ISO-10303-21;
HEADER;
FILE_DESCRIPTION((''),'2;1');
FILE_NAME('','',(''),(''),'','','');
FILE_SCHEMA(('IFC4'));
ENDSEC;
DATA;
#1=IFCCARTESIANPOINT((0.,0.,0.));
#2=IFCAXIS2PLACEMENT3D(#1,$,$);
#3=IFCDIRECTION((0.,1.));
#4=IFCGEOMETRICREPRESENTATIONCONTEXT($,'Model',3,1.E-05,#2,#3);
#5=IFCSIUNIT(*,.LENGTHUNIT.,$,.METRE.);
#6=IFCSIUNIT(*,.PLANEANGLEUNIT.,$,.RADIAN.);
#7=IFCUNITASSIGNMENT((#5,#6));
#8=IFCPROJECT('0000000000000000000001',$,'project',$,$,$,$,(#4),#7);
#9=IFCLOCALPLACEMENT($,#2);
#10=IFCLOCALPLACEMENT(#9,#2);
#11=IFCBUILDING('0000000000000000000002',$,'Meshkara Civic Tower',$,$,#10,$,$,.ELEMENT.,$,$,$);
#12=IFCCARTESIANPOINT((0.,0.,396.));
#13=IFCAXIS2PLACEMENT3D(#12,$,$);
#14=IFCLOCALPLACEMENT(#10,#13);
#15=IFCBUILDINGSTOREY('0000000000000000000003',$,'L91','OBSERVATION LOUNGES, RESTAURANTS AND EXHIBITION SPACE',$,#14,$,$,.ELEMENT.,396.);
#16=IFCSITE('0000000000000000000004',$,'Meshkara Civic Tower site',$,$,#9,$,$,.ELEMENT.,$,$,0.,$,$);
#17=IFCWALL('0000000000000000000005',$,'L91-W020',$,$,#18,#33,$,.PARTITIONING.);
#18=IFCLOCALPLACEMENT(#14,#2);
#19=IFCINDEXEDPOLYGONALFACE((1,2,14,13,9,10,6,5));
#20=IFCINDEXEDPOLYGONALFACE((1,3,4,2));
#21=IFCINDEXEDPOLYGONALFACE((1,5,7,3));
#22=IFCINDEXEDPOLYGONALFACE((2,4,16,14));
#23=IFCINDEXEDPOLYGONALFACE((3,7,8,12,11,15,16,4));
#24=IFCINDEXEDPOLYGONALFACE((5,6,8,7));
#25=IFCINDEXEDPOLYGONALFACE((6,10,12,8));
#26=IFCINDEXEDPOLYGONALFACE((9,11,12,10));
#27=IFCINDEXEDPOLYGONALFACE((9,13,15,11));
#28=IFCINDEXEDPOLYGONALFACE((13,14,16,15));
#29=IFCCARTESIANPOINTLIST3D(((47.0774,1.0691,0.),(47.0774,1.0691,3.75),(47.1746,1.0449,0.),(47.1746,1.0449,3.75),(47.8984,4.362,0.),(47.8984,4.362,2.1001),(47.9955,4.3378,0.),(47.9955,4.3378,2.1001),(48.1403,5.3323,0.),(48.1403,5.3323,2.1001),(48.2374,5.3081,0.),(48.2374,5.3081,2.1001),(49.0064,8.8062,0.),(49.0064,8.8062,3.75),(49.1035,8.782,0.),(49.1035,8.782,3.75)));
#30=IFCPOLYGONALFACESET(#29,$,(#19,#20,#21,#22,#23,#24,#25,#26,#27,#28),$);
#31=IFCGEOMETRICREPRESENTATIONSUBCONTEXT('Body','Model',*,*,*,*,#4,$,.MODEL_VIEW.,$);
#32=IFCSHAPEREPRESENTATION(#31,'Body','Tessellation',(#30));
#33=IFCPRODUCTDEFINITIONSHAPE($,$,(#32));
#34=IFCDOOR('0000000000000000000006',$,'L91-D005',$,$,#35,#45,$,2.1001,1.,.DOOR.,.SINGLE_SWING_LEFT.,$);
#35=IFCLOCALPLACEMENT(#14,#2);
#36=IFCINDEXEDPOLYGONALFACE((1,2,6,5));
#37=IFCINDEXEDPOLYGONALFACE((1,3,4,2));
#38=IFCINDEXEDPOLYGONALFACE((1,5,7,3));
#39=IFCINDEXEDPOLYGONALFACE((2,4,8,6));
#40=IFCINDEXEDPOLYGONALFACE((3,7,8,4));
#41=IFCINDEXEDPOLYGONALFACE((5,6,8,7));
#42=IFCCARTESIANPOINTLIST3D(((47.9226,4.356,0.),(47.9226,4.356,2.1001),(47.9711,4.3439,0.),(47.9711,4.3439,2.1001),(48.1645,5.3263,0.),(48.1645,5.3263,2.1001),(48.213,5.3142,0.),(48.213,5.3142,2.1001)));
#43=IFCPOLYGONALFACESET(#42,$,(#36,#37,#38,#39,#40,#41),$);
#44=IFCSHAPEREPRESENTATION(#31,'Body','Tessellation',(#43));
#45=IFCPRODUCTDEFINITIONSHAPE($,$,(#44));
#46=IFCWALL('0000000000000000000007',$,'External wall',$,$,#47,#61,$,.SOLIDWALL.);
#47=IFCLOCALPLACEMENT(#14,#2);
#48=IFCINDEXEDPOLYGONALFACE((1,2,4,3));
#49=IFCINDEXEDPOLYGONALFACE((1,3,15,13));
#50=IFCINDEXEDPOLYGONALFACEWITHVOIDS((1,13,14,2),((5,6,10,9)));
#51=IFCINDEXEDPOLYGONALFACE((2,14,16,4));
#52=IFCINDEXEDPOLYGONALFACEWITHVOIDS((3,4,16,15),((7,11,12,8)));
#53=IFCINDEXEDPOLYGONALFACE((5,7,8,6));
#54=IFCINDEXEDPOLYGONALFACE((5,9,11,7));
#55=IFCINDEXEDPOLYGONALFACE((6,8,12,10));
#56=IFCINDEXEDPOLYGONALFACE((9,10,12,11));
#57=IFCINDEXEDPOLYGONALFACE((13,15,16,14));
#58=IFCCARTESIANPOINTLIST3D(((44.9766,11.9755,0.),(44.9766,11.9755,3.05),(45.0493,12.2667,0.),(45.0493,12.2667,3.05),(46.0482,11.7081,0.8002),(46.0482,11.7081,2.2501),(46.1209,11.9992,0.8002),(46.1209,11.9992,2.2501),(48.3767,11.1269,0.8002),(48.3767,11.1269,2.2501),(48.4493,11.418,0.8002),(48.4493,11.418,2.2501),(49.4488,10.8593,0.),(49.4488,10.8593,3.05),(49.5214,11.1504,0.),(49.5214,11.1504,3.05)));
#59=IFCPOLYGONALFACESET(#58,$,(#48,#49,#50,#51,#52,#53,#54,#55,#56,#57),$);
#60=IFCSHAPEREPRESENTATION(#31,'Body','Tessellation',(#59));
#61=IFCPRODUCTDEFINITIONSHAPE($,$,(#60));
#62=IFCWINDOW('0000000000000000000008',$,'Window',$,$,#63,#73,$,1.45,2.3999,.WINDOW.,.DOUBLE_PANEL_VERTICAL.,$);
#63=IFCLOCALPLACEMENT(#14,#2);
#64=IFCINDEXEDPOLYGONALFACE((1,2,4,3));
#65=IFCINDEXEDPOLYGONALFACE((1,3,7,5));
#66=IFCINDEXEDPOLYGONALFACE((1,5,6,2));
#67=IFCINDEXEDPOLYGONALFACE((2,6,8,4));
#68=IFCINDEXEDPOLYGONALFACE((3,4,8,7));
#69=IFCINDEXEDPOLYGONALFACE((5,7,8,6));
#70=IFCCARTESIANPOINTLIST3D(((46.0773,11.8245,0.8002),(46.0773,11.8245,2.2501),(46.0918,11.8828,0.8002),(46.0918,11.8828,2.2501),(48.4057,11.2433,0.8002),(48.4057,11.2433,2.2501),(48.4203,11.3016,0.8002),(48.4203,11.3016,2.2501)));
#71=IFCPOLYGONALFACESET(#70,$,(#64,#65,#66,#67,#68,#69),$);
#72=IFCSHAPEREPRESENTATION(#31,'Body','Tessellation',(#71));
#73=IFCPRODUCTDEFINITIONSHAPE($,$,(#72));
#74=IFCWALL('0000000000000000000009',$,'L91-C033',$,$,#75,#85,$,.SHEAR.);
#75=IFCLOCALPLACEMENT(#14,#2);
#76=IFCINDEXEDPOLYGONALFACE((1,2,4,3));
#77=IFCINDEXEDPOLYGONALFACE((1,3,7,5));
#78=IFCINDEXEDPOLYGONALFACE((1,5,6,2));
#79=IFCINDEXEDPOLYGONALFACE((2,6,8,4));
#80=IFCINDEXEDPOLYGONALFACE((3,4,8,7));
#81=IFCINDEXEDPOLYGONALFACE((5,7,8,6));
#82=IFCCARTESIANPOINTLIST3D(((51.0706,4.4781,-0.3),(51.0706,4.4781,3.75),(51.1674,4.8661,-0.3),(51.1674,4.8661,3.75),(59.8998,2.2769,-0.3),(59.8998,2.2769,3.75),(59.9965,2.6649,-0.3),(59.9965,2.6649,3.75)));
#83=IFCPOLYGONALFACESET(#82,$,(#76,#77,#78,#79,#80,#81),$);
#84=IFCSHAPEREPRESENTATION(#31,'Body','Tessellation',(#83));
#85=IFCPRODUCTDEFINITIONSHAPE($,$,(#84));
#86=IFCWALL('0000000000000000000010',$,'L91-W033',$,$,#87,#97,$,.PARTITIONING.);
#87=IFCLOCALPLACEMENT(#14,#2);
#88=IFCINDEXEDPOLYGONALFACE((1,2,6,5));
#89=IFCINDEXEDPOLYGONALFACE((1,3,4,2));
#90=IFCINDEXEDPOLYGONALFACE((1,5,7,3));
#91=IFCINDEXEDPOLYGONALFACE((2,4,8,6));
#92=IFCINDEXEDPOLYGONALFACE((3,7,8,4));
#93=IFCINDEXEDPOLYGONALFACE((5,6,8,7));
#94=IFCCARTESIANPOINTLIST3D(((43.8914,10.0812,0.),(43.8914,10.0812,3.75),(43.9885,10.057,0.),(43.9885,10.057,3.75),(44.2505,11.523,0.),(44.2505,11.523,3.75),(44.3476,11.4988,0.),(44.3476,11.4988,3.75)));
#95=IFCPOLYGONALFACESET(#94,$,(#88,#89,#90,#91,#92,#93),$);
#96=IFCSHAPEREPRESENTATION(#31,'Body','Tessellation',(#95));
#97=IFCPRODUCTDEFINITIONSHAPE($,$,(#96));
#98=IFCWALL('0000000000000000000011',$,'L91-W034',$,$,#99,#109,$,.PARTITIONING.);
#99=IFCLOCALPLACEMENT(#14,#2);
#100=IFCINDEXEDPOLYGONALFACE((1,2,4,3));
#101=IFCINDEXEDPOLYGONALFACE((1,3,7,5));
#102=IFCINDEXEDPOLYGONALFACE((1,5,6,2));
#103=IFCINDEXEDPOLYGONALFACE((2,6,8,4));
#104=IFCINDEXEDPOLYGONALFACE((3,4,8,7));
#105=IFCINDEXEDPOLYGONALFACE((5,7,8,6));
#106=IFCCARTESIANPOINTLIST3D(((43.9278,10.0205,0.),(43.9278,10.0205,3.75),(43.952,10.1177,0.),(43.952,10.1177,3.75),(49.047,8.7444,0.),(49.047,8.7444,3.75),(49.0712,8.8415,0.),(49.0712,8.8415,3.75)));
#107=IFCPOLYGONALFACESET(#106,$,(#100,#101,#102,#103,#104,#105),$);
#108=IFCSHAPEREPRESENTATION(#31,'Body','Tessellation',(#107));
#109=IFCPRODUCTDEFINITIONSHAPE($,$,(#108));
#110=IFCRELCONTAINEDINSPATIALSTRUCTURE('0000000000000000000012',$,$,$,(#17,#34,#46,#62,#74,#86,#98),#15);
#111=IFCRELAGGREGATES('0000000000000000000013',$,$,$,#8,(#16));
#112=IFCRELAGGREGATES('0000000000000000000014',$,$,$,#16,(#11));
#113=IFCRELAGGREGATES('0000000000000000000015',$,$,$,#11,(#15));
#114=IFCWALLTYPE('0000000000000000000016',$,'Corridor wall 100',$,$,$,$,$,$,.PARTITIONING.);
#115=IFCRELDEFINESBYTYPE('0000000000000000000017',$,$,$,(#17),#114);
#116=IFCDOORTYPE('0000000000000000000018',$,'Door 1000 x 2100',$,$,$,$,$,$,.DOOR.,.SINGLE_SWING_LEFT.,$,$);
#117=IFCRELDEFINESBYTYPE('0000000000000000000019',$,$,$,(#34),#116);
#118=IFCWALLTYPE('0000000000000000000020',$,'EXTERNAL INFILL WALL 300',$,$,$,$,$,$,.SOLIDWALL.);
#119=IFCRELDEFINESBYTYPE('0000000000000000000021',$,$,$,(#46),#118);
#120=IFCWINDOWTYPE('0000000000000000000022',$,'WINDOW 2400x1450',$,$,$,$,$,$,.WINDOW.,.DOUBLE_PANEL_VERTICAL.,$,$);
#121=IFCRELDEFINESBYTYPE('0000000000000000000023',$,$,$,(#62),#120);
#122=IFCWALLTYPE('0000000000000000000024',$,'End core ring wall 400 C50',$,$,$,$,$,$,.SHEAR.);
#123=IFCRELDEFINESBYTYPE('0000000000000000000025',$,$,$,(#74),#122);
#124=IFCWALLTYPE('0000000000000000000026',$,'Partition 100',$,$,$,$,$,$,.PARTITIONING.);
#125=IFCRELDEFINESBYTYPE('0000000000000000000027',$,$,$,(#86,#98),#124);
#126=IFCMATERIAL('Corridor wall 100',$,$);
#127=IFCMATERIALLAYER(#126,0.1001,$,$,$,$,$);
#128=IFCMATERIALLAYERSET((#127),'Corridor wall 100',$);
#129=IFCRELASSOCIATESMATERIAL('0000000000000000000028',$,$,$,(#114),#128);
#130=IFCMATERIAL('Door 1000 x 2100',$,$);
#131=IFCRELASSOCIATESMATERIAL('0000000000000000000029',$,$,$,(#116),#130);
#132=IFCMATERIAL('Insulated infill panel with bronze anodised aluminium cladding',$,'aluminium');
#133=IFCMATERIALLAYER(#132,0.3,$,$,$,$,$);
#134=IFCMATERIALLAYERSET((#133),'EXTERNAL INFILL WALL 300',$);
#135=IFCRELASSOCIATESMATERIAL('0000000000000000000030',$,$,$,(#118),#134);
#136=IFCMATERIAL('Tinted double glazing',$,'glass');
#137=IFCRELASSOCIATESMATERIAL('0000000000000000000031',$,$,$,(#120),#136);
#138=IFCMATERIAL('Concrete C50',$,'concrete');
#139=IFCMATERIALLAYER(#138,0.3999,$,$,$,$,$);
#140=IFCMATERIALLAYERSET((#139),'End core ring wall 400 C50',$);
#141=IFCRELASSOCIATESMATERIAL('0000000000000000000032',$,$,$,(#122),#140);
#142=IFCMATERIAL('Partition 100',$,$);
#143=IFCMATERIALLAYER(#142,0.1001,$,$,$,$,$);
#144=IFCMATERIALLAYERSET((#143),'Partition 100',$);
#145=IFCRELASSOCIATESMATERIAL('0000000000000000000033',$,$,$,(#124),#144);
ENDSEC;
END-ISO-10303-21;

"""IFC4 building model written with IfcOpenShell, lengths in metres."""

from ifc_helpers import new_model, si_unit, direction, frame, frame_2d, origin, place, context, subcontext, project, spatial, rectangle, extrude, material, layer, layer_set, type_object, element, fill, save


model = new_model("IFC4")

# Units and contexts
model_context = context("Model", 3, precision=1e-05, world=origin(), true_north=direction((0.0, 1.0)))
body_context = subcontext(model_context, "Body", "Model", "MODEL_VIEW")
ifc_project = project(units=[si_unit("LENGTHUNIT", "METRE"), si_unit("PLANEANGLEUNIT", "RADIAN")], contexts=[model_context])

# Site, building, storey
site_placement = place(None, origin())
site = spatial("IfcSite", under=ifc_project, at=site_placement, Name="Meshkara Civic Tower site", CompositionType="ELEMENT", RefElevation=0.0)
building_placement = place(site_placement, origin())
building = spatial("IfcBuilding", under=site, at=building_placement, Name="Meshkara Civic Tower", CompositionType="ELEMENT")
storey_placement = place(building_placement, frame((0.0, 0.0, 396.0)))
storey = spatial("IfcBuildingStorey", under=building, at=storey_placement, Name="L91", Description="OBSERVATION LOUNGES, RESTAURANTS AND EXHIBITION SPACE", CompositionType="ELEMENT", Elevation=396.0)

# Shared definitions
ifc_material_1 = material(Name="Corridor wall 100")
ifc_layer_1 = layer(ifc_material_1, 0.1001)
ifc_layer_set_1 = layer_set([ifc_layer_1], Name="Corridor wall 100")
wall_type_1 = type_object("IfcWallType", Name="Corridor wall 100", PredefinedType="PARTITIONING", material=ifc_layer_set_1)
ifc_material_2 = material(Name="Door 1000 x 2100")
door_type = type_object("IfcDoorType", Name="Door 1000 x 2100", OperationType="SINGLE_SWING_LEFT", PredefinedType="DOOR", material=ifc_material_2)

# Wall, opening, door
wall_1_placement = place(storey_placement, frame((49.0549, 8.7939, 0.0), z_axis=(0.0, 0.0, 1.0), x_axis=(-0.241909, -0.970299, 0.0)))
wall_1 = element("IfcWall", 1, at=wall_1_placement, inside=storey, type_object=wall_type_1, Name="L91-W020", PredefinedType="PARTITIONING", context=body_context, shape_type="SweptSolid", body=[
    extrude(rectangle(XDim=7.9739, YDim=0.1001, at=frame_2d((3.9868, 0.0))), origin(), (0.0, 0.0, 1.0), 3.75),
])
opening_1_placement = place(wall_1_placement, frame((3.5801, 0.0, 0.0)))
opening_1 = element("IfcOpeningElement", 2, at=opening_1_placement, cuts=wall_1, PredefinedType="OPENING", context=body_context, shape_type="SweptSolid", body=[
    extrude(rectangle(XDim=1.0, YDim=2.1001, at=frame_2d((0.5, 1.05))), frame((0.0, 0.0601, 0.0), z_axis=(0.0, -1.0, 0.0), x_axis=(1.0, 0.0, 0.0)), (0.0, 0.0, 1.0), 0.1201),
])
door_1_placement = place(opening_1_placement, origin())
door_1 = element("IfcDoor", 3, at=door_1_placement, inside=storey, type_object=door_type, Name="L91-D005", OperationType="SINGLE_SWING_LEFT", OverallHeight=2.1001, OverallWidth=1.0, PredefinedType="DOOR", context=body_context, shape_type="SweptSolid", body=[
    extrude(rectangle(XDim=1.0, YDim=2.1001, at=frame_2d((0.5, 1.05))), frame((0.0, 0.0249, 0.0), z_axis=(0.0, -1.0, 0.0), x_axis=(1.0, 0.0, 0.0)), (0.0, 0.0, 1.0), 0.05),
])
fill(opening_1, door_1)

# Wall, opening, window
ifc_material_3 = material(Name="Insulated infill panel with bronze anodised aluminium cladding", Category="aluminium")
ifc_layer_2 = layer(ifc_material_3, 0.3)
ifc_layer_set_2 = layer_set([ifc_layer_2], Name="EXTERNAL INFILL WALL 300")
wall_type_2 = type_object("IfcWallType", Name="EXTERNAL INFILL WALL 300", PredefinedType="SOLIDWALL", material=ifc_layer_set_2)
wall_2_placement = place(storey_placement, frame((49.4851, 11.0049, 0.0), z_axis=(0.0, 0.0, 1.0), x_axis=(-0.970236, 0.242162, 0.0)))
wall_2 = element("IfcWall", 4, at=wall_2_placement, inside=storey, type_object=wall_type_2, Name="External wall", PredefinedType="SOLIDWALL", context=body_context, shape_type="SweptSolid", body=[
    extrude(rectangle(XDim=4.6094, YDim=0.3, at=frame_2d((2.3047, 0.0))), origin(), (0.0, 0.0, 1.0), 3.05),
])
opening_2_placement = place(wall_2_placement, frame((1.105, 0.0, 0.8)))
opening_2 = element("IfcOpeningElement", 5, at=opening_2_placement, cuts=wall_2, PredefinedType="OPENING", context=body_context, shape_type="SweptSolid", body=[
    extrude(rectangle(XDim=2.3999, YDim=1.45, at=frame_2d((1.2, 0.7251))), frame((0.0, 0.1599, 0.0), z_axis=(0.0, -1.0, 0.0), x_axis=(1.0, 0.0, 0.0)), (0.0, 0.0, 1.0), 0.3201),
])
ifc_material_4 = material(Name="Tinted double glazing", Category="glass")
window_type = type_object("IfcWindowType", Name="WINDOW 2400x1450", PartitioningType="DOUBLE_PANEL_VERTICAL", PredefinedType="WINDOW", material=ifc_material_4)
window_placement = place(opening_2_placement, origin())
window = element("IfcWindow", 6, at=window_placement, inside=storey, type_object=window_type, Name="Window", OverallHeight=1.45, OverallWidth=2.3999, PartitioningType="DOUBLE_PANEL_VERTICAL", PredefinedType="WINDOW", context=body_context, shape_type="SweptSolid", body=[
    extrude(rectangle(XDim=2.3999, YDim=1.45, at=frame_2d((1.2, 0.7251))), frame((0.0, 0.03, 0.0), z_axis=(0.0, -1.0, 0.0), x_axis=(1.0, 0.0, 0.0)), (0.0, 0.0, 1.0), 0.0601),
])
fill(opening_2, window)

# Walls
ifc_material_5 = material(Name="Concrete C50", Category="concrete")
ifc_layer_3 = layer(ifc_material_5, 0.3999)
ifc_layer_set_3 = layer_set([ifc_layer_3], Name="End core ring wall 400 C50")
wall_type_3 = type_object("IfcWallType", Name="End core ring wall 400 C50", PredefinedType="SHEAR", material=ifc_layer_set_3)
wall_3_placement = place(storey_placement, frame((51.1189, 4.6721, -0.3), z_axis=(0.0, 0.0, 1.0), x_axis=(0.9703, -0.241904, 0.0)))
element("IfcWall", 7, at=wall_3_placement, inside=storey, type_object=wall_type_3, Name="L91-C033", PredefinedType="SHEAR", context=body_context, shape_type="SweptSolid", body=[
    extrude(rectangle(XDim=9.0994, YDim=0.3999, at=frame_2d((4.5498, 0.0))), origin(), (0.0, 0.0, 1.0), 4.05),
])
ifc_material_6 = material(Name="Partition 100")
ifc_layer_4 = layer(ifc_material_6, 0.1001)
ifc_layer_set_4 = layer_set([ifc_layer_4], Name="Partition 100")
wall_type_4 = type_object("IfcWallType", Name="Partition 100", PredefinedType="PARTITIONING", material=ifc_layer_set_4)
wall_4_placement = place(storey_placement, frame((43.9399, 10.0691, 0.0), z_axis=(0.0, 0.0, 1.0), x_axis=(0.241685, 0.970355, 0.0)))
element("IfcWall", 8, at=wall_4_placement, inside=storey, type_object=wall_type_4, Name="L91-W033", PredefinedType="PARTITIONING", context=body_context, shape_type="SweptSolid", body=[
    extrude(rectangle(XDim=1.4858, YDim=0.1001, at=frame_2d((0.7429, 0.0))), origin(), (0.0, 0.0, 1.0), 3.75),
])
wall_5_placement = place(storey_placement, frame((49.0591, 8.793, 0.0), z_axis=(0.0, 0.0, 1.0), x_axis=(-0.970306, 0.241882, 0.0)))
element("IfcWall", 9, at=wall_5_placement, inside=storey, type_object=wall_type_4, Name="L91-W034", PredefinedType="PARTITIONING", context=body_context, shape_type="SweptSolid", body=[
    extrude(rectangle(XDim=5.2759, YDim=0.1001, at=frame_2d((2.6379, 0.0))), origin(), (0.0, 0.0, 1.0), 3.75),
])

save(model, "model.ifc")
